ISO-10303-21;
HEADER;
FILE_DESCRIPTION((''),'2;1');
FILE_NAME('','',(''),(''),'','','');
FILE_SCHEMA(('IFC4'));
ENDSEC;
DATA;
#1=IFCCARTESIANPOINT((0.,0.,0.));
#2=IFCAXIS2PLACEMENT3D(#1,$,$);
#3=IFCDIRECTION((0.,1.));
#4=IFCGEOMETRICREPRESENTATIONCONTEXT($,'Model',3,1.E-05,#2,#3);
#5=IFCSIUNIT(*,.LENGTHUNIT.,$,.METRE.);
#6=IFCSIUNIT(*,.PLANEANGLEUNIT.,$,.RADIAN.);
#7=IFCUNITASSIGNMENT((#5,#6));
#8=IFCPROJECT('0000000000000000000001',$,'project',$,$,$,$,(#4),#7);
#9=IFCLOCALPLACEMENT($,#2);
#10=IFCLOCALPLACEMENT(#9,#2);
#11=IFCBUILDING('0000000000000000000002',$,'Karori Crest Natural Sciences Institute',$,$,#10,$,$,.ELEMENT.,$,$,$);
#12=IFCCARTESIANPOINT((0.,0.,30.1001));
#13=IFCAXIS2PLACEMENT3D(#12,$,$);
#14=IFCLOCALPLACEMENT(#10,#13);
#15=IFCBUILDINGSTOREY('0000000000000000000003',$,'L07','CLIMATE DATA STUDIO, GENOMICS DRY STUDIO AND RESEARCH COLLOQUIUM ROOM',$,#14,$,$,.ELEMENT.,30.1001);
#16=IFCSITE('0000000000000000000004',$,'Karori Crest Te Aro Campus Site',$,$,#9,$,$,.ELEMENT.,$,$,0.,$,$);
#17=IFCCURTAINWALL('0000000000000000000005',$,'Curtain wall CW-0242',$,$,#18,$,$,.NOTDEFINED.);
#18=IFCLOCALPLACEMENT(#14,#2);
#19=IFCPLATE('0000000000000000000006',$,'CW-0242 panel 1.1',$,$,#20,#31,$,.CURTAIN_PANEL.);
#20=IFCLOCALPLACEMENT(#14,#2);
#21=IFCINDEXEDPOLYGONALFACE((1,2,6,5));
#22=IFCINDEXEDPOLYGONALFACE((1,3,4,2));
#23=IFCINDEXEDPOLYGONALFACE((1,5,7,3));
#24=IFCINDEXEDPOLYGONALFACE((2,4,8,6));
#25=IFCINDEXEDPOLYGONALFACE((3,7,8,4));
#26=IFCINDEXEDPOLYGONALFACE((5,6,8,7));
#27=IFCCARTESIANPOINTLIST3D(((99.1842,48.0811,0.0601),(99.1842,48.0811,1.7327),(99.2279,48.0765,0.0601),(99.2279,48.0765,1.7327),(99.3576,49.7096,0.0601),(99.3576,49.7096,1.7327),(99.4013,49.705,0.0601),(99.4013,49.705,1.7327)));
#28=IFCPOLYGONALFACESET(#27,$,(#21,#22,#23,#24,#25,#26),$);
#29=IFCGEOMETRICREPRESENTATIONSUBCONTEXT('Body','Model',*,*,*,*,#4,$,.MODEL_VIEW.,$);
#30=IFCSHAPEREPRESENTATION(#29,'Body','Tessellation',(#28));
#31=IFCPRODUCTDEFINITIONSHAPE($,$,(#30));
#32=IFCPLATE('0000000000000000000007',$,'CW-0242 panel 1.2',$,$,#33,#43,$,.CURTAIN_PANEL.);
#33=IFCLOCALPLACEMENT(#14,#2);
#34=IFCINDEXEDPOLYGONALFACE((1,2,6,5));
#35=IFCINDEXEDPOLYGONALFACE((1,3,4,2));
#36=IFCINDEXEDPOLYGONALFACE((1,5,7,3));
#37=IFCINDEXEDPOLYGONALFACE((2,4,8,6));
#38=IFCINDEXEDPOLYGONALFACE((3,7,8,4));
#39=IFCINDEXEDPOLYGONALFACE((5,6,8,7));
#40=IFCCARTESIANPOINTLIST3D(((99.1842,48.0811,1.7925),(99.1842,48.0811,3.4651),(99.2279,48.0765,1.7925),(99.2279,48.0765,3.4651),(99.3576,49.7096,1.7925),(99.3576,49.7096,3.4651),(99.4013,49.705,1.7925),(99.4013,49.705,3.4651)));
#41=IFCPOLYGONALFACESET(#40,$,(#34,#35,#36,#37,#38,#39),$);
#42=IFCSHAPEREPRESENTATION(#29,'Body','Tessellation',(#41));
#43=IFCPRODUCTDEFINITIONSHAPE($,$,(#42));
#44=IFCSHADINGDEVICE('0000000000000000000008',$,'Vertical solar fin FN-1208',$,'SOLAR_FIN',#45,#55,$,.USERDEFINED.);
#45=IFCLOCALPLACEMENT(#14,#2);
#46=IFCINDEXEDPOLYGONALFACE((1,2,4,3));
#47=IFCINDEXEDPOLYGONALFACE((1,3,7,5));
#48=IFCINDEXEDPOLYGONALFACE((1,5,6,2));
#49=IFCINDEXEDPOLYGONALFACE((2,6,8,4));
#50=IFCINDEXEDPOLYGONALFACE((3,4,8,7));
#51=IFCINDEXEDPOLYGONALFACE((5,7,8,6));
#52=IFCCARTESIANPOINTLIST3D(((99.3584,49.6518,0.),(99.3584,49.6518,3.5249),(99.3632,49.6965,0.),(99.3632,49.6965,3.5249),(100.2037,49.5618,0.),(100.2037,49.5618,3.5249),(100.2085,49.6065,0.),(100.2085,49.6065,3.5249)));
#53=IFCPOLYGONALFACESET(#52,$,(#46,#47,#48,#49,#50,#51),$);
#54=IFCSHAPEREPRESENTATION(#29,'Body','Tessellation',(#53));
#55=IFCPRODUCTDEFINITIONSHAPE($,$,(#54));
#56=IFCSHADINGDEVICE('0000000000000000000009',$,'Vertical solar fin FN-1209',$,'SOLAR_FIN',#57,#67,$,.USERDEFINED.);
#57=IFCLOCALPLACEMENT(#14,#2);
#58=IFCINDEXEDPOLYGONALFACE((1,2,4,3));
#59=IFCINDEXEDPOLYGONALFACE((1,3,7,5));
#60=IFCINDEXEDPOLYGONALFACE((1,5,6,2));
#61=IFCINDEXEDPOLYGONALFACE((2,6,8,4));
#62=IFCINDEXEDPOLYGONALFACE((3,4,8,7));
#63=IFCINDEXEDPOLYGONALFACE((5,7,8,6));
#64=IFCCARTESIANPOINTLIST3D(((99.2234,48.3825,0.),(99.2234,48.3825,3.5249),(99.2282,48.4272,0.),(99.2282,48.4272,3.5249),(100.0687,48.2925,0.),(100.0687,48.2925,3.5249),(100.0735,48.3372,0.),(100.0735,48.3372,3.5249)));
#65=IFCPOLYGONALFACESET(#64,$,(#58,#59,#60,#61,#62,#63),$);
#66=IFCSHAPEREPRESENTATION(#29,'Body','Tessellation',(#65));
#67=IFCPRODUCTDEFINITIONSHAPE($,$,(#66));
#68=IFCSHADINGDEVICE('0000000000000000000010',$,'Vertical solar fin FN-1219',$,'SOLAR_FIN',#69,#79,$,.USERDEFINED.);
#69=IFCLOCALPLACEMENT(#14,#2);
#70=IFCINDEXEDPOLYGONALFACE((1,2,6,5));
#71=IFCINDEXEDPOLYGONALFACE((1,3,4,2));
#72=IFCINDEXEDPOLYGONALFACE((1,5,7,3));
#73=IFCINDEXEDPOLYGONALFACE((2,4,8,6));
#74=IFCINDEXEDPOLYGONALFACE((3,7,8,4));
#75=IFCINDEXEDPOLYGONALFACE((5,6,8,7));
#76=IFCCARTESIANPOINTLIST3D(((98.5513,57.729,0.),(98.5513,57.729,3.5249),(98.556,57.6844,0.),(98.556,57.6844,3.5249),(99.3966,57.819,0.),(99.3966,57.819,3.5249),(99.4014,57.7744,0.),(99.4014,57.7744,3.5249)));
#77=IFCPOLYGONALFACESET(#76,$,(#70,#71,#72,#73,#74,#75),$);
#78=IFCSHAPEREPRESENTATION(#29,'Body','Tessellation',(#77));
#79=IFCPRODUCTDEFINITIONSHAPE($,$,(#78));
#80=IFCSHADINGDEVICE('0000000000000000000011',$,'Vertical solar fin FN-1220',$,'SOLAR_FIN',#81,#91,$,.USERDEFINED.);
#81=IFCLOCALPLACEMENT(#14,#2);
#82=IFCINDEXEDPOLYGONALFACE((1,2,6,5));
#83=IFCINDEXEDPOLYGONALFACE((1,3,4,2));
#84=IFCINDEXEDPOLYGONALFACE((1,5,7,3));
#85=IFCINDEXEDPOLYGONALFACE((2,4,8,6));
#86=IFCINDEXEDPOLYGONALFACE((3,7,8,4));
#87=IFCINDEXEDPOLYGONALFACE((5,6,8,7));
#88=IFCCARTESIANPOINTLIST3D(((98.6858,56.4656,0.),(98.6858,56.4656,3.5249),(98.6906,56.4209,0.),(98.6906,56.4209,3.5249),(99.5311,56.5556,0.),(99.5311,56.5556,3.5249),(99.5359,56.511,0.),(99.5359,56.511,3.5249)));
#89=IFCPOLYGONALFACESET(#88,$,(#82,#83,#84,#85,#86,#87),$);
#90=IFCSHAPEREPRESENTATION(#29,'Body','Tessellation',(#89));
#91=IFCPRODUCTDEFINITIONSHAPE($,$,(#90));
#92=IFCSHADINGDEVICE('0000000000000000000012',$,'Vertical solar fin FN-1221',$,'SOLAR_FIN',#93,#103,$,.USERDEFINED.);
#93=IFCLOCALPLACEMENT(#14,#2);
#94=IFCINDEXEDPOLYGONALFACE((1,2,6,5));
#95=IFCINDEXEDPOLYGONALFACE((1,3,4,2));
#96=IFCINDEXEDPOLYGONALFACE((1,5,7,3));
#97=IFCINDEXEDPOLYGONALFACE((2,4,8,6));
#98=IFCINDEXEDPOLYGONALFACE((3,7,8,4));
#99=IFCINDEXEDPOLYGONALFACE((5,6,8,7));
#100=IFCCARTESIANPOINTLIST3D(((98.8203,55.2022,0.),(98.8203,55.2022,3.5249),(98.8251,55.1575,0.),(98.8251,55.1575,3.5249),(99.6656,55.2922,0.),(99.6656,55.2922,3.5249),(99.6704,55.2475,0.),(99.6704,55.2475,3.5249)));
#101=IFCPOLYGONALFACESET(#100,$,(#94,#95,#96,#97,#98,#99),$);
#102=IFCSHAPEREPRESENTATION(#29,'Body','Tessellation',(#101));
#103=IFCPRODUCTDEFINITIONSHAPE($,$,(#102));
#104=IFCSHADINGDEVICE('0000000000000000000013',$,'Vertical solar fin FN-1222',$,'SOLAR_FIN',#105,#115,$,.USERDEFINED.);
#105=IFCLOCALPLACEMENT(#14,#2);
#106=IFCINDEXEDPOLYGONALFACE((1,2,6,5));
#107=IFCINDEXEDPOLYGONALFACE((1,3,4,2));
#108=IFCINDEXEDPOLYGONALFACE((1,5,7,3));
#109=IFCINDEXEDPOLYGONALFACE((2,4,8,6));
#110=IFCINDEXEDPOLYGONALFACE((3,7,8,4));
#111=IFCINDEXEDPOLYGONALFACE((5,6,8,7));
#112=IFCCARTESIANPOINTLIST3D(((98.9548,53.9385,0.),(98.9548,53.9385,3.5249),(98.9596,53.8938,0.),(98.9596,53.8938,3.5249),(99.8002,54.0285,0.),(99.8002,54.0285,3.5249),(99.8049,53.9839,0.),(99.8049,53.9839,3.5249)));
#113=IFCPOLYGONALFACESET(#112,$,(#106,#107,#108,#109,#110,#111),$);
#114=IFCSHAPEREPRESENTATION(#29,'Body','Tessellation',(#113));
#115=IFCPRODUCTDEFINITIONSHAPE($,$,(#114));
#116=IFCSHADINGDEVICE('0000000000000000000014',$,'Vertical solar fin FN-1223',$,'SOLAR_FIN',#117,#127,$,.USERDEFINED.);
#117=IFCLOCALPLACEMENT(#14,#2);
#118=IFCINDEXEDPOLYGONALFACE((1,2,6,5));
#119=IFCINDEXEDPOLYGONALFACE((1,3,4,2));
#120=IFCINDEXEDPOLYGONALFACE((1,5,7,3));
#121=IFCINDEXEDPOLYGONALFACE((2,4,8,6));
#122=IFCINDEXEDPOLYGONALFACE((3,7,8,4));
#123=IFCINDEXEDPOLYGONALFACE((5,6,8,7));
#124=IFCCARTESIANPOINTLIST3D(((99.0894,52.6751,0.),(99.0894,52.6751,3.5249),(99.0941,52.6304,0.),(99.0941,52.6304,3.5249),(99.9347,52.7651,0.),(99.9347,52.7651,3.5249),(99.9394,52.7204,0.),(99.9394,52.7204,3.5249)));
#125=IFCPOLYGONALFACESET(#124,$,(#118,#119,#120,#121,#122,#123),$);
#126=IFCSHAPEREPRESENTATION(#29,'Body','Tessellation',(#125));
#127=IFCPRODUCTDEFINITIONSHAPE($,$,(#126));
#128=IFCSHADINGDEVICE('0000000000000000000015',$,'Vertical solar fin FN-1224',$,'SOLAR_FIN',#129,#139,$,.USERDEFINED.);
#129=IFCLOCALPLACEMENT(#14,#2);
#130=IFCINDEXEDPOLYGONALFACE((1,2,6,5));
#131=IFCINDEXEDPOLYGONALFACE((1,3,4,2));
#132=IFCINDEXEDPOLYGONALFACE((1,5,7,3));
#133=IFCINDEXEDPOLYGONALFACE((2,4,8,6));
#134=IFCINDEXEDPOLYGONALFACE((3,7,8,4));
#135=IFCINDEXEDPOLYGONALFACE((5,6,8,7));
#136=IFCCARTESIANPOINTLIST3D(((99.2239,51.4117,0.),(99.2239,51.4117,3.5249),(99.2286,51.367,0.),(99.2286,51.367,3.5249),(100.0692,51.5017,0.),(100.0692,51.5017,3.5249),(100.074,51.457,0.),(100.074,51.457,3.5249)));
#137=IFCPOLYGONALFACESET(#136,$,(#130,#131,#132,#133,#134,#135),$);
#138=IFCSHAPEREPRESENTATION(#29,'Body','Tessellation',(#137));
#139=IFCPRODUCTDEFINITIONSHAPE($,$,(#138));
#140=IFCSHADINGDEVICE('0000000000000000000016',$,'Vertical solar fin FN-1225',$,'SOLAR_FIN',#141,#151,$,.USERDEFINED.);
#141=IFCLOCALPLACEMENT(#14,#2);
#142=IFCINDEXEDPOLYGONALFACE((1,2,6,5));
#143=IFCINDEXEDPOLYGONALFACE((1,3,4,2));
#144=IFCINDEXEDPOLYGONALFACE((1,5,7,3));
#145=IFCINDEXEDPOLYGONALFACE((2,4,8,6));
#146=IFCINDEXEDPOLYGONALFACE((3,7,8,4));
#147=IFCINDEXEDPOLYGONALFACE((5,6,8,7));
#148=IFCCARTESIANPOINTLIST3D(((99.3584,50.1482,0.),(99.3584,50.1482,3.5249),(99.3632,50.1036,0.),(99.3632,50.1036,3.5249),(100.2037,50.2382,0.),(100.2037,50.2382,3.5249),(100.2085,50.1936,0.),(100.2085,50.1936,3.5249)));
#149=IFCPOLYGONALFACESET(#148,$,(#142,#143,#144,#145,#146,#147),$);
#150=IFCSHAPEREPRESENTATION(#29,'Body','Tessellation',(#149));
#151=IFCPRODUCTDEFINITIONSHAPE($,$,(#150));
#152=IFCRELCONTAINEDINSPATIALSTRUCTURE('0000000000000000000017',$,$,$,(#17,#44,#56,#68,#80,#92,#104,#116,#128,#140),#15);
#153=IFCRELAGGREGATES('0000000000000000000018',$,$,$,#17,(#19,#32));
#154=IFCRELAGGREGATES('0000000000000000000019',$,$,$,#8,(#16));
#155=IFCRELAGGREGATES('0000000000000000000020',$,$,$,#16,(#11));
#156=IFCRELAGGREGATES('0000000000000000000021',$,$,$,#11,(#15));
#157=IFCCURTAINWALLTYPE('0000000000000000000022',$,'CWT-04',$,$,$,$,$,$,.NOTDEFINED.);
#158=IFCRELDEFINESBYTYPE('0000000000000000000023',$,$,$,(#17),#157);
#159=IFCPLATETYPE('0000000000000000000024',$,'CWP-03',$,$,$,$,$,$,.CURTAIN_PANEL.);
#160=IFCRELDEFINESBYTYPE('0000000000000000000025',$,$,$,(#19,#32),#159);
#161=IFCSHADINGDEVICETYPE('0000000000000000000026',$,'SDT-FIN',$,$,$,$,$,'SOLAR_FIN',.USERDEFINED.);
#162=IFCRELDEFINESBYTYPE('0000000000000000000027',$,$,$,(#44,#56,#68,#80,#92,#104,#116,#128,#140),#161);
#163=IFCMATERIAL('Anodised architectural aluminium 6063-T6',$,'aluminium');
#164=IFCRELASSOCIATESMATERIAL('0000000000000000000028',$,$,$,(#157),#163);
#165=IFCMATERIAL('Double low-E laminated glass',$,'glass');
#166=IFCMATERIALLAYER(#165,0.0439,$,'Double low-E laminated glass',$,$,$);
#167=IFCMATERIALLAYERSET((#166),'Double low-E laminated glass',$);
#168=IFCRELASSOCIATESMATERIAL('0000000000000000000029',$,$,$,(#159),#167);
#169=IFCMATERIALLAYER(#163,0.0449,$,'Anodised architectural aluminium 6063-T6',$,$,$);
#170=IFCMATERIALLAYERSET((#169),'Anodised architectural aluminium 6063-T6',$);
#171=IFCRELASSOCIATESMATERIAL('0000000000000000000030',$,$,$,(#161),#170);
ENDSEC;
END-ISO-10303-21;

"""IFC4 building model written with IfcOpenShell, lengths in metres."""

from ifc_helpers import new_model, si_unit, direction, frame, origin, origin_2d, place, context, subcontext, project, spatial, rectangle, extrude, material, layer, layer_set, type_object, element, aggregate, save


model = new_model("IFC4")

# Units and contexts
model_context = context("Model", 3, precision=1e-05, world=origin(), true_north=direction((0.0, 1.0)))
body_context = subcontext(model_context, "Body", "Model", "MODEL_VIEW")
ifc_project = project(units=[si_unit("LENGTHUNIT", "METRE"), si_unit("PLANEANGLEUNIT", "RADIAN")], contexts=[model_context])

# Site, building, storey
site_placement = place(None, origin())
site = spatial("IfcSite", under=ifc_project, at=site_placement, Name="Karori Crest Te Aro Campus Site", CompositionType="ELEMENT", RefElevation=0.0)
building_placement = place(site_placement, origin())
building = spatial("IfcBuilding", under=site, at=building_placement, Name="Karori Crest Natural Sciences Institute", CompositionType="ELEMENT")
storey_placement = place(building_placement, frame((0.0, 0.0, 30.1001)))
storey = spatial("IfcBuildingStorey", under=building, at=storey_placement, Name="L07", Description="CLIMATE DATA STUDIO, GENOMICS DRY STUDIO AND RESEARCH COLLOQUIUM ROOM", CompositionType="ELEMENT", Elevation=30.1001)

# Curtain wall
ifc_material_1 = material(Name="Anodised architectural aluminium 6063-T6", Category="aluminium")
curtain_wall_type_1 = type_object("IfcCurtainWallType", Name="CWT-04", PredefinedType="NOTDEFINED", material=ifc_material_1)
curtain_wall_1_placement = place(storey_placement, origin())
curtain_wall_1 = element("IfcCurtainWall", 1, at=curtain_wall_1_placement, inside=storey, type_object=curtain_wall_type_1, Name="Curtain wall CW-0242", PredefinedType="NOTDEFINED")

# Plates
ifc_material_2 = material(Name="Double low-E laminated glass", Category="glass")
ifc_layer_1 = layer(ifc_material_2, 0.0439, Name="Double low-E laminated glass")
ifc_layer_set_1 = layer_set([ifc_layer_1], Name="Double low-E laminated glass")
plate_type_1 = type_object("IfcPlateType", Name="CWP-03", PredefinedType="CURTAIN_PANEL", material=ifc_layer_set_1)
plate_1_placement = place(storey_placement, frame((99.2927, 48.8931, 0.0601), z_axis=(0.0, 0.0, 1.0), x_axis=(-0.105886, -0.994378, 0.0)))
plate_1 = element("IfcPlate", 2, at=plate_1_placement, type_object=plate_type_1, Name="CW-0242 panel 1.1", PredefinedType="CURTAIN_PANEL", context=body_context, shape_type="SweptSolid", body=[
    extrude(rectangle(XDim=1.6377, YDim=0.0439, at=origin_2d()), origin(), (0.0, 0.0, 1.0), 1.6726),
])
plate_2_placement = place(storey_placement, frame((99.2927, 48.8931, 1.7925), z_axis=(0.0, 0.0, 1.0), x_axis=(-0.105886, -0.994378, 0.0)))
plate_2 = element("IfcPlate", 3, at=plate_2_placement, type_object=plate_type_1, Name="CW-0242 panel 1.2", PredefinedType="CURTAIN_PANEL", context=body_context, shape_type="SweptSolid", body=[
    extrude(rectangle(XDim=1.6377, YDim=0.0439, at=origin_2d()), origin(), (0.0, 0.0, 1.0), 1.6726),
])
aggregate(curtain_wall_1, [plate_1, plate_2])

# Shading devices
ifc_layer_2 = layer(ifc_material_1, 0.0449, Name="Anodised architectural aluminium 6063-T6")
ifc_layer_set_2 = layer_set([ifc_layer_2], Name="Anodised architectural aluminium 6063-T6")
shading_device_type = type_object("IfcShadingDeviceType", Name="SDT-FIN", ElementType="SOLAR_FIN", PredefinedType="USERDEFINED", material=ifc_layer_set_2)
for number, where, z_axis, x_axis, name in (
    (4, (99.7834, 49.6292, 0.0), (0.0, 0.0, 1.0), (0.994378, -0.105886, 0.0), "Vertical solar fin FN-1208"),
    (5, (99.6484, 48.3599, 0.0), (0.0, 0.0, 1.0), (0.994378, -0.105886, 0.0), "Vertical solar fin FN-1209"),
    (6, (98.9763, 57.7517, 0.0), (0.0, 0.0, 1.0), (0.994378, 0.105884, 0.0), "Vertical solar fin FN-1219"),
    (7, (99.1108, 56.4883, 0.0), (0.0, 0.0, 1.0), (0.994378, 0.105884, 0.0), "Vertical solar fin FN-1220"),
    (8, (99.2454, 55.2249, 0.0), (0.0, 0.0, 1.0), (0.994378, 0.105884, 0.0), "Vertical solar fin FN-1221"),
    (9, (99.3799, 53.9612, 0.0), (0.0, 0.0, 1.0), (0.994378, 0.105884, 0.0), "Vertical solar fin FN-1222"),
    (10, (99.5144, 52.6978, 0.0), (0.0, 0.0, 1.0), (0.994378, 0.105884, 0.0), "Vertical solar fin FN-1223"),
    (11, (99.6489, 51.4343, 0.0), (0.0, 0.0, 1.0), (0.994378, 0.105884, 0.0), "Vertical solar fin FN-1224"),
    (12, (99.7834, 50.1709, 0.0), (0.0, 0.0, 1.0), (0.994378, 0.105884, 0.0), "Vertical solar fin FN-1225"),
):
    element("IfcShadingDevice", number, at=place(storey_placement, frame(where, z_axis=z_axis, x_axis=x_axis)), inside=storey, type_object=shading_device_type, Name=name, ObjectType="SOLAR_FIN", PredefinedType="USERDEFINED", context=body_context, shape_type="SweptSolid", body=[
        extrude(rectangle(XDim=0.8501, YDim=0.0449, at=origin_2d()), origin(), (0.0, 0.0, 1.0), 3.5249),
    ])

save(model, "model.ifc")
